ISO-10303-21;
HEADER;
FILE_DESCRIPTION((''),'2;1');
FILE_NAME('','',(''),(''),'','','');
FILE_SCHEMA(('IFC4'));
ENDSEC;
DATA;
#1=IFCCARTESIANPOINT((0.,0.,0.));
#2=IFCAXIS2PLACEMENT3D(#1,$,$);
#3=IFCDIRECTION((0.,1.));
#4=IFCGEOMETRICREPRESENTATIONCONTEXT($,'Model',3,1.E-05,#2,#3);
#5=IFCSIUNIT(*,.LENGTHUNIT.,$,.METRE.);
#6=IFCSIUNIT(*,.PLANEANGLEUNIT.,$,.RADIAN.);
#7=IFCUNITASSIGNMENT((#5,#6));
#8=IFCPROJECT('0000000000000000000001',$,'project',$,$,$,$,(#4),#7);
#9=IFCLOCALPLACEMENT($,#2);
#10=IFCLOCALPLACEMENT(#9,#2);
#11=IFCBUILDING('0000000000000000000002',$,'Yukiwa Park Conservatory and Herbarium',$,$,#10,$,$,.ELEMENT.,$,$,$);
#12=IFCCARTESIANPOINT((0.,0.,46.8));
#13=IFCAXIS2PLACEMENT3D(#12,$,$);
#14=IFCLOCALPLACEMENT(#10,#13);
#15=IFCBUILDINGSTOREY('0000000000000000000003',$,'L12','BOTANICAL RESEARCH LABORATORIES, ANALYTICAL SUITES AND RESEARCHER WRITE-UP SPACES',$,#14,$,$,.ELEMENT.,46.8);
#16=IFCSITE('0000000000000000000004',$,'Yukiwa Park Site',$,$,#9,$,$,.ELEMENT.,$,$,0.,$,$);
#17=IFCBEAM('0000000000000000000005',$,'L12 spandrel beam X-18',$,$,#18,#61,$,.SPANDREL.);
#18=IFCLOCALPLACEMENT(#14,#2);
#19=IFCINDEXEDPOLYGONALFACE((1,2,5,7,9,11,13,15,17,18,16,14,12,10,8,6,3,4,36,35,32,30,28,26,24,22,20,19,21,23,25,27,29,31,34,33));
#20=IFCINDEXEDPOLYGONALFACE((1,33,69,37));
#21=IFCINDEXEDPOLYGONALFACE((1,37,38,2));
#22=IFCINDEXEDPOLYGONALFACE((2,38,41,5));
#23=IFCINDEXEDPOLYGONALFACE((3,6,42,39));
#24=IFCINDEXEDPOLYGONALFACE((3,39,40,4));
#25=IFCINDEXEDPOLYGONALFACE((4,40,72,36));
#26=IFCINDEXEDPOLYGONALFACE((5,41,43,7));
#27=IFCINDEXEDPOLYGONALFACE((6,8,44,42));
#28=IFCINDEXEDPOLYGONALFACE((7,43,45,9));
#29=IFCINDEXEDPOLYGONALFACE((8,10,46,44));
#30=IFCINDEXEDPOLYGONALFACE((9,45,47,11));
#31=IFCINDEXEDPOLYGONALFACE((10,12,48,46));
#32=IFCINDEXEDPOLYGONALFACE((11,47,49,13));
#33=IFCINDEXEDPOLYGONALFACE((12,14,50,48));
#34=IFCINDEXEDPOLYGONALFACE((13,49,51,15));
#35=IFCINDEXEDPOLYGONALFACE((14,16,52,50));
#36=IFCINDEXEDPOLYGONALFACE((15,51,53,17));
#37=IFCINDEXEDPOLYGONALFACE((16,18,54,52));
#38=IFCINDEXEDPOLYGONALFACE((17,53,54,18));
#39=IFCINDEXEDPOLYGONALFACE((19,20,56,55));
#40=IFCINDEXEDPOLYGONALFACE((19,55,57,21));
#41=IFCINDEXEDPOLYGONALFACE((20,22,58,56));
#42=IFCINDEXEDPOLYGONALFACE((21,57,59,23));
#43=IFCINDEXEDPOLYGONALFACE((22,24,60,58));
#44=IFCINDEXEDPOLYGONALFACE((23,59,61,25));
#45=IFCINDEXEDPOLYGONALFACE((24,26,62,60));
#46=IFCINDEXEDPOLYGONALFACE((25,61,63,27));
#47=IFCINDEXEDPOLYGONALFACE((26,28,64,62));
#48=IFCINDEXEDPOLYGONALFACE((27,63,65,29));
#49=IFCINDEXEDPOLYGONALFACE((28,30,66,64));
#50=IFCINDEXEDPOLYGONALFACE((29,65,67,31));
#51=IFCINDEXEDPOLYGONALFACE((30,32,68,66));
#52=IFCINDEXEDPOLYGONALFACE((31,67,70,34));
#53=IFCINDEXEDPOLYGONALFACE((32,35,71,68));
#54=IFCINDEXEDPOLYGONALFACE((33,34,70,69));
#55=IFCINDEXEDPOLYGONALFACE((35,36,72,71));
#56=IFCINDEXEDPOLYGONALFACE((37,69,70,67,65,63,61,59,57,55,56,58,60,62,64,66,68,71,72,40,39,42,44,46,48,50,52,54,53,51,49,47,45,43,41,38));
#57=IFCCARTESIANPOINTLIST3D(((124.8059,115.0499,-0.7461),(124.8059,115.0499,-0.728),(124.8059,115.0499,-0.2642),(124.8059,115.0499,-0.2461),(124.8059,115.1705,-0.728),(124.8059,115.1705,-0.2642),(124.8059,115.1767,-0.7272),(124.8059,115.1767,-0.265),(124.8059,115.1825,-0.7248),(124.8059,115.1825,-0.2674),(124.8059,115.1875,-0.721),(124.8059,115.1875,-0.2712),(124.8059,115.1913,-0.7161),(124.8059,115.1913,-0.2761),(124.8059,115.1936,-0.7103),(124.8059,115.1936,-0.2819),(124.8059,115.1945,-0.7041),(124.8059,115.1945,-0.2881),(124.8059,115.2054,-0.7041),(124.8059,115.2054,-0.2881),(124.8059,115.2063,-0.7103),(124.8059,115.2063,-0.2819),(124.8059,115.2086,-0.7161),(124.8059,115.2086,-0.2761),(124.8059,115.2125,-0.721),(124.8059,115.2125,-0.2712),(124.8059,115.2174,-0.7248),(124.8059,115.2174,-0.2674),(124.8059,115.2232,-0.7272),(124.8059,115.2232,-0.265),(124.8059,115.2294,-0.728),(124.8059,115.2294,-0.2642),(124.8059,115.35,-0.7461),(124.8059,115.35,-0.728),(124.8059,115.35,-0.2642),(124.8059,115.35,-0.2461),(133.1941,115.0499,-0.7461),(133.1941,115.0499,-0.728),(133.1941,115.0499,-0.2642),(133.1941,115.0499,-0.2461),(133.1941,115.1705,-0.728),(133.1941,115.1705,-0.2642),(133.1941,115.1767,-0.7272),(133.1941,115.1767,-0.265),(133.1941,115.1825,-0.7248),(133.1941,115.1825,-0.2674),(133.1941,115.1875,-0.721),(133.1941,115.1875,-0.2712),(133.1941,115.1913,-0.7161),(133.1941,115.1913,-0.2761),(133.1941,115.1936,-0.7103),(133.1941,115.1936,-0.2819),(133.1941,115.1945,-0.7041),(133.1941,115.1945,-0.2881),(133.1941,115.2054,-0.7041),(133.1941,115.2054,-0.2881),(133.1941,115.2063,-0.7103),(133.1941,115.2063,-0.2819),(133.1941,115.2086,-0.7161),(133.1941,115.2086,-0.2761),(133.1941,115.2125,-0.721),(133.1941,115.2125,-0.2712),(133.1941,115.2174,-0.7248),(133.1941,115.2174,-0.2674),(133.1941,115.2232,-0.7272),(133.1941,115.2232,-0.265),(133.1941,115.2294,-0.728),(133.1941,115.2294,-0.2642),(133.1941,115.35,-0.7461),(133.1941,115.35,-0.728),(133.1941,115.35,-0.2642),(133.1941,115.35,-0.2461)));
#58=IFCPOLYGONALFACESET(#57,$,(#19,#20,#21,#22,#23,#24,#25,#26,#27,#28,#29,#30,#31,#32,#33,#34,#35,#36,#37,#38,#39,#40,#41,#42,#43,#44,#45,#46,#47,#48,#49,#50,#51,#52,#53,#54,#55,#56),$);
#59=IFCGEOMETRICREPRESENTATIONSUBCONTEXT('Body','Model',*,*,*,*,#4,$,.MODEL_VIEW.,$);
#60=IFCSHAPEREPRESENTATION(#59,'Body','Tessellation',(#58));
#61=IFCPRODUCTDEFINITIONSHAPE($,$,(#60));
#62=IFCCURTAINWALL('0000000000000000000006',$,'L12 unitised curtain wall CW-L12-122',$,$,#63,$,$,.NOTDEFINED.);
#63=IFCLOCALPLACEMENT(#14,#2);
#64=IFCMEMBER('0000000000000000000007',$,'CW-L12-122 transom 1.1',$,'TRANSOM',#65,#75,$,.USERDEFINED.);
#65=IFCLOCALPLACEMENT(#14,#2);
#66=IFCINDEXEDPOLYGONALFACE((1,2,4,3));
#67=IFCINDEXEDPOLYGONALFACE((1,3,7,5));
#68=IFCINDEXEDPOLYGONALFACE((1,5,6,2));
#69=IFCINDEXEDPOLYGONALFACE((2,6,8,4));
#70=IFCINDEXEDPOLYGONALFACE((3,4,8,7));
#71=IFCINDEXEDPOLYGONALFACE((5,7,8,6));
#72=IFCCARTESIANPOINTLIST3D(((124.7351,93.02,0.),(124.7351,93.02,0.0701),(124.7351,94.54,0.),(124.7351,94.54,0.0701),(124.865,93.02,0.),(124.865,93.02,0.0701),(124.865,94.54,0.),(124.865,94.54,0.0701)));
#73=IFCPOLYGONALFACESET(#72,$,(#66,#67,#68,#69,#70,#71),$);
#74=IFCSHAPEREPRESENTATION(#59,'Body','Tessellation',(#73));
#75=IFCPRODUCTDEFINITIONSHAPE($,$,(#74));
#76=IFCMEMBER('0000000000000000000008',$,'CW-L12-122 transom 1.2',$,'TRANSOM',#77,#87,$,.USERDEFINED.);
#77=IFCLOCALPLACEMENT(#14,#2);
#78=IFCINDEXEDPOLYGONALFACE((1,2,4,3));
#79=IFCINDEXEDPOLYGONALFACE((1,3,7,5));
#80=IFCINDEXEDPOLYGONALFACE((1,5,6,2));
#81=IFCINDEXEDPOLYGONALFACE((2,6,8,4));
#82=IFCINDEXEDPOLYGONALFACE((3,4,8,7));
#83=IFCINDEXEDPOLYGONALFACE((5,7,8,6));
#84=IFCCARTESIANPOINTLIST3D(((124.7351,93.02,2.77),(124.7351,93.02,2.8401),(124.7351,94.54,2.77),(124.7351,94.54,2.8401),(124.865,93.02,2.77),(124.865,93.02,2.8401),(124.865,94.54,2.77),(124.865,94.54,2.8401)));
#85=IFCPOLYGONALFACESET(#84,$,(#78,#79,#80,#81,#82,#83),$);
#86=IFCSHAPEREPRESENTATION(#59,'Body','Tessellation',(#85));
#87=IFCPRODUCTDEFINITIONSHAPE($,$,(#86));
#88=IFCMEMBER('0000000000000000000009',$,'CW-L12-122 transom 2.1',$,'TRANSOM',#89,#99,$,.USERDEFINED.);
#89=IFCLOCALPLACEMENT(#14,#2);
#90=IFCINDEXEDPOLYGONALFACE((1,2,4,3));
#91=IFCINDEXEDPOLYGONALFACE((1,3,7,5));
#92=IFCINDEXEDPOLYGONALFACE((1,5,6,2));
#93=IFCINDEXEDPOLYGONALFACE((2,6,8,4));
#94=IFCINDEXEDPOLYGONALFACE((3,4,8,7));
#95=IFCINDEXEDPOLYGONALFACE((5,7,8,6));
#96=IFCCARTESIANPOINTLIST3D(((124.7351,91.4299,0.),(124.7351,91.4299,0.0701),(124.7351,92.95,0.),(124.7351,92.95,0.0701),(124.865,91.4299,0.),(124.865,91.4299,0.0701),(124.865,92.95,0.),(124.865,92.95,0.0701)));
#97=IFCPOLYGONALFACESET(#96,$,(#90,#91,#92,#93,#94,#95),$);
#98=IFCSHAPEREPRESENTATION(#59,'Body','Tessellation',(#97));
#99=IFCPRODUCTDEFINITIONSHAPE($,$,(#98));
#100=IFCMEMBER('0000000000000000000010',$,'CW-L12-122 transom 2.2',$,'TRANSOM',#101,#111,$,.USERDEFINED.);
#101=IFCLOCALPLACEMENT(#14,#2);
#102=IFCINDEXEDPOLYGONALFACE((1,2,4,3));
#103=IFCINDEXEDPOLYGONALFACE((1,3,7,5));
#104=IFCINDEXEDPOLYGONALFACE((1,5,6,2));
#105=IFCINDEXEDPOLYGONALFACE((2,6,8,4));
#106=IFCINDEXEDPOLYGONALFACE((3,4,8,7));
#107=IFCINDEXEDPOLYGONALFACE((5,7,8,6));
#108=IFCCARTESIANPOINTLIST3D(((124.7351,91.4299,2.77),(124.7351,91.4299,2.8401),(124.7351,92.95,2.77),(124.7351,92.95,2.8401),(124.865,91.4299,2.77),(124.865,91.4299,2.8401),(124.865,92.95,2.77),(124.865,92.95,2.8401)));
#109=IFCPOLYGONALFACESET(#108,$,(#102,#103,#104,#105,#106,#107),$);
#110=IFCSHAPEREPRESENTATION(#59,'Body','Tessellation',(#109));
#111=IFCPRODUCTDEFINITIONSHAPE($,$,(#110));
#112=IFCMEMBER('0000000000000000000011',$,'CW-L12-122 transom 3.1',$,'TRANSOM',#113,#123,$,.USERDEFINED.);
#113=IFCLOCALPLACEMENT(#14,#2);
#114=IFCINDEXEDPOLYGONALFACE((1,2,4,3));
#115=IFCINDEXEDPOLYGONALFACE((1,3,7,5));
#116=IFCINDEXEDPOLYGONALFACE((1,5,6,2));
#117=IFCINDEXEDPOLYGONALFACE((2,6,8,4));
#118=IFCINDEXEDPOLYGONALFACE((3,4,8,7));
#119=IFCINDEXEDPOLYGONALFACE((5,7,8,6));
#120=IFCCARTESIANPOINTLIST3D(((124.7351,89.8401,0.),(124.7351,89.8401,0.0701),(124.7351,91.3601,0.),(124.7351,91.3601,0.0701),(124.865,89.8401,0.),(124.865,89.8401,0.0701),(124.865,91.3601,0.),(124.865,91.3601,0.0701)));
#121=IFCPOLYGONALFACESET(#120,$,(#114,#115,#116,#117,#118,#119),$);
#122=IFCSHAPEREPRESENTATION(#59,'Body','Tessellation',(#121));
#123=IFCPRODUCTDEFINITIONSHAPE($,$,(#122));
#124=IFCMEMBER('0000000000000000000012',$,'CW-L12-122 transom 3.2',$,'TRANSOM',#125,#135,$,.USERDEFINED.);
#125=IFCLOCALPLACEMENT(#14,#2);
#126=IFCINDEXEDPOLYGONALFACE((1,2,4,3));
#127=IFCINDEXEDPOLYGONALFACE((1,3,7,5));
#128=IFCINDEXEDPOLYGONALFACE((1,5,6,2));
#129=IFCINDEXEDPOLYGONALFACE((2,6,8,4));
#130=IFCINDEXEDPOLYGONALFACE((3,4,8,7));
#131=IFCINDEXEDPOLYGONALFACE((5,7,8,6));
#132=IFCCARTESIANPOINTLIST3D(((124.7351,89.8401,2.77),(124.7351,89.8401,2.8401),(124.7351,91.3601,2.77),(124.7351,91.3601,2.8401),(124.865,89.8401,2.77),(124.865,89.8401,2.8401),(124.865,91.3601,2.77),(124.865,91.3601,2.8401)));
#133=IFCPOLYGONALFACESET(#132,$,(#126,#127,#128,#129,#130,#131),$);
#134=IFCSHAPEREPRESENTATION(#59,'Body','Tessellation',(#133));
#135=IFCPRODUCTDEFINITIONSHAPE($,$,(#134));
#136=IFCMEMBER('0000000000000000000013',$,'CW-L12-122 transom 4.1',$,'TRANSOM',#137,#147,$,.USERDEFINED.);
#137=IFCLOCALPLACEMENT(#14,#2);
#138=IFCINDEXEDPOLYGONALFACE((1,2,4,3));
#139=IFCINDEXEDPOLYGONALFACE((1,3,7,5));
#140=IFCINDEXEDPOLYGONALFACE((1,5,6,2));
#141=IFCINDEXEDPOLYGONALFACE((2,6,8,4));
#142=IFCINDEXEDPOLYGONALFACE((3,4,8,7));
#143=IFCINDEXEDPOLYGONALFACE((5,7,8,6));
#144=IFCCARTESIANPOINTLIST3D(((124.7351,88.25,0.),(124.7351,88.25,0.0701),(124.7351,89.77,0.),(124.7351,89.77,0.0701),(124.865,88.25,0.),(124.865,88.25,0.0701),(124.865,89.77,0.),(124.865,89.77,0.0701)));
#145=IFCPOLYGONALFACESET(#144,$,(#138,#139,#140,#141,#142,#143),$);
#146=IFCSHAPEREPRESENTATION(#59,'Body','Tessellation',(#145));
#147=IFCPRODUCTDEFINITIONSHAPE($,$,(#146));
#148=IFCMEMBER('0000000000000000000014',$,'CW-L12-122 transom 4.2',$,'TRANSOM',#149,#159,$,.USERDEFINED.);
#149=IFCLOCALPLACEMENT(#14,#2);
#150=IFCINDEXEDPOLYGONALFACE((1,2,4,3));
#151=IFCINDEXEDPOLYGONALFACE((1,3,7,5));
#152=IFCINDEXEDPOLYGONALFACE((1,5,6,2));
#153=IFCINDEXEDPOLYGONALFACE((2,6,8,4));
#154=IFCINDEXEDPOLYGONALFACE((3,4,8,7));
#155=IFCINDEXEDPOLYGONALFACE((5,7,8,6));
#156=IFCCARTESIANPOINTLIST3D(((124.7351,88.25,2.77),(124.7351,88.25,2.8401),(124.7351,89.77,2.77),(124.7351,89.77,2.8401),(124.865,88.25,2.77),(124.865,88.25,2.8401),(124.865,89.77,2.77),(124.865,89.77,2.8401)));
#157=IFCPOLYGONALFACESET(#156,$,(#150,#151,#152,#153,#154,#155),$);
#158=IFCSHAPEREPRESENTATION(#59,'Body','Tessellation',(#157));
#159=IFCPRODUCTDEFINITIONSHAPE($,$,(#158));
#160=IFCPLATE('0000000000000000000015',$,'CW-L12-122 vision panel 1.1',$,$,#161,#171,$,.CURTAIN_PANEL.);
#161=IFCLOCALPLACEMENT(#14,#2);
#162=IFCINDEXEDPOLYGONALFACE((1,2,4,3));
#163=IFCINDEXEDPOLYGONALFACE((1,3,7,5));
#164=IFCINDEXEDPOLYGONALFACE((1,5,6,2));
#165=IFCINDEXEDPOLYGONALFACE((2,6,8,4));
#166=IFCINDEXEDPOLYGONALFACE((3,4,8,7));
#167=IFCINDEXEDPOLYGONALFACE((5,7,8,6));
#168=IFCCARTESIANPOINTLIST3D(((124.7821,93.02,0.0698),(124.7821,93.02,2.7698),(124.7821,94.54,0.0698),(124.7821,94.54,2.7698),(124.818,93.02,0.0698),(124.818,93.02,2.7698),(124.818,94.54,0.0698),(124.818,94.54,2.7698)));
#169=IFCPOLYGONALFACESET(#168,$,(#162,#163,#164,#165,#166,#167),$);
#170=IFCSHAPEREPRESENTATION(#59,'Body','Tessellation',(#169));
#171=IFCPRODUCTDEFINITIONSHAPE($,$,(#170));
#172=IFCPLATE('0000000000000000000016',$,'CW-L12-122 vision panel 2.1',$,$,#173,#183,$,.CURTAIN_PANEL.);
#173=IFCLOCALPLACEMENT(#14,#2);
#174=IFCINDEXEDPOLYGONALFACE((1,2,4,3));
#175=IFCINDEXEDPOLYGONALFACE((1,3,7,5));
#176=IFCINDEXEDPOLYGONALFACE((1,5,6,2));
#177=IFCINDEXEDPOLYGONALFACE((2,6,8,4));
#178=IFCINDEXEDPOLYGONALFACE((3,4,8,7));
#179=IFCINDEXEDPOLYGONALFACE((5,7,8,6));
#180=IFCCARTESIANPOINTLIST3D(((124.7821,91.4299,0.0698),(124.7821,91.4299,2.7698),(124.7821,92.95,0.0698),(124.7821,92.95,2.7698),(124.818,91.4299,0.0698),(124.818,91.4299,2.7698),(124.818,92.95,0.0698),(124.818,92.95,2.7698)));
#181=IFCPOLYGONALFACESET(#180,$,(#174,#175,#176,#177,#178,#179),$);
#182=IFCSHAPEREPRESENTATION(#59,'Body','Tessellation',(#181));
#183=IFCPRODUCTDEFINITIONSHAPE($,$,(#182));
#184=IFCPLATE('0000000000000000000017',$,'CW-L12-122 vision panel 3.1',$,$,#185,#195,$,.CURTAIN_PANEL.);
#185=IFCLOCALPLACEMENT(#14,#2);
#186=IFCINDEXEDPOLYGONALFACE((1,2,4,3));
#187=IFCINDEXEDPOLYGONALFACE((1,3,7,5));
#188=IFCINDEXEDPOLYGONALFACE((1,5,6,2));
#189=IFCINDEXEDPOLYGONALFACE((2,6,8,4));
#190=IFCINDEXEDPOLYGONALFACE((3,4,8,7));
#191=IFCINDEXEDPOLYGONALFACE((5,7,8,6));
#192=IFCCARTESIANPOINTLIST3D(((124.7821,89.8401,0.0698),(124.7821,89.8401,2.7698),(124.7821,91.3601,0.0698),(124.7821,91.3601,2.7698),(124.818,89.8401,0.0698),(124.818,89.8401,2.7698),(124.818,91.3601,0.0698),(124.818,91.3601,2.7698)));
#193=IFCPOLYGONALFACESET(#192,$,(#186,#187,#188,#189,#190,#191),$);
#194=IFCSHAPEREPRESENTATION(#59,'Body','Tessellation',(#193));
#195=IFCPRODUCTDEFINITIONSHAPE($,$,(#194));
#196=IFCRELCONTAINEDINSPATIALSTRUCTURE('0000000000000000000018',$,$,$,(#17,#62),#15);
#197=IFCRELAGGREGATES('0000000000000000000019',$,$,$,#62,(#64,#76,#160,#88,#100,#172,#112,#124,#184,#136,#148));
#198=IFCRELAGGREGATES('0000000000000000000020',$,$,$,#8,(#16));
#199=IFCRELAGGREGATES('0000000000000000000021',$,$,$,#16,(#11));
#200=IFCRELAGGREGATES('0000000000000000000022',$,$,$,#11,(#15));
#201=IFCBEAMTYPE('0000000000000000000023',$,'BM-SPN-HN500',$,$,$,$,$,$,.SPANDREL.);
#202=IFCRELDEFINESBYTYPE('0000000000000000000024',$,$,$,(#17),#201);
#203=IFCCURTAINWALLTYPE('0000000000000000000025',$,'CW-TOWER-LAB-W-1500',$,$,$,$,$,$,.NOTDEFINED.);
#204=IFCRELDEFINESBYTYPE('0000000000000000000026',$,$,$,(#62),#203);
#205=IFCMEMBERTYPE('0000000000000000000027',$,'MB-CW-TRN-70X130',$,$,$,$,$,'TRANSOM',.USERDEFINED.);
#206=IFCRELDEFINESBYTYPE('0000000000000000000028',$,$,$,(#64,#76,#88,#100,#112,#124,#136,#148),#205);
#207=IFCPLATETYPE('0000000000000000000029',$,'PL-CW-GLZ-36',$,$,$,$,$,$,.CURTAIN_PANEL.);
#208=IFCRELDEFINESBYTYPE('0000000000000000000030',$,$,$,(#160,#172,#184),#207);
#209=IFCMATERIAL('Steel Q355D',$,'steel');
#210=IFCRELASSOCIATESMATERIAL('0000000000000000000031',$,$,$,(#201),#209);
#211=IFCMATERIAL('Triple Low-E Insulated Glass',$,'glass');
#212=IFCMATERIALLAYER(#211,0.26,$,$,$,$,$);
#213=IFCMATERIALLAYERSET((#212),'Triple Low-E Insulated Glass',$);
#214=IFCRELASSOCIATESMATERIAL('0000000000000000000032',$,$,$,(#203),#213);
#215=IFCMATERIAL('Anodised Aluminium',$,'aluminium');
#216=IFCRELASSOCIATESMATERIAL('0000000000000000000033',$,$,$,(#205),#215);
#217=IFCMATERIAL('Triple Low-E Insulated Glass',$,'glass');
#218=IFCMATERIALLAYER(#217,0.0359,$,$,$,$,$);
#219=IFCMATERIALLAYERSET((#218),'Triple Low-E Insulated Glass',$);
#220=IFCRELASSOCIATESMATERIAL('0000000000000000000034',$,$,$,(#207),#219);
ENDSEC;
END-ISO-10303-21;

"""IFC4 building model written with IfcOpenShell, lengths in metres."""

from ifc_helpers import new_model, si_unit, direction, frame, origin, origin_2d, place, context, subcontext, project, spatial, rectangle, i_section, extrude, material, layer, layer_set, material_profile, profile_set, type_object, element, aggregate, save


model = new_model("IFC4")

# Units and contexts
model_context = context("Model", 3, precision=1e-05, world=origin(), true_north=direction((0.0, 1.0)))
body_context = subcontext(model_context, "Body", "Model", "MODEL_VIEW")
ifc_project = project(units=[si_unit("LENGTHUNIT", "METRE"), si_unit("PLANEANGLEUNIT", "RADIAN")], contexts=[model_context])

# Site, building, storey
site_placement = place(None, origin())
site = spatial("IfcSite", under=ifc_project, at=site_placement, Name="Yukiwa Park Site", CompositionType="ELEMENT", RefElevation=0.0)
building_placement = place(site_placement, origin())
building = spatial("IfcBuilding", under=site, at=building_placement, Name="Yukiwa Park Conservatory and Herbarium", CompositionType="ELEMENT")
storey_placement = place(building_placement, frame((0.0, 0.0, 46.8)))
storey = spatial("IfcBuildingStorey", under=building, at=storey_placement, Name="L12", Description="BOTANICAL RESEARCH LABORATORIES, ANALYTICAL SUITES AND RESEARCHER WRITE-UP SPACES", CompositionType="ELEMENT", Elevation=46.8)

# Beam
ifc_material_1 = material(Name="Steel Q355D", Category="steel")
ifc_material_profile_1 = material_profile(ifc_material_1, i_section(OverallWidth=0.3, OverallDepth=0.5, WebThickness=0.011, FlangeThickness=0.0181, FilletRadius=0.0239, at=origin_2d()), Name="HM 500x300x11x18")
ifc_profile_set_1 = profile_set([ifc_material_profile_1], Name="Steel Q355D")
beam_type_1 = type_object("IfcBeamType", Name="BM-SPN-HN500", PredefinedType="SPANDREL", material=ifc_profile_set_1)
beam_placement = place(storey_placement, frame((124.8059, 115.2, -0.4961), z_axis=(1.0, 0.0, 0.0), x_axis=(0.0, 1.0, 0.0)))
element("IfcBeam", 1, at=beam_placement, inside=storey, type_object=beam_type_1, Name="L12 spandrel beam X-18", PredefinedType="SPANDREL", context=body_context, shape_type="SweptSolid", body=[
    extrude(i_section(OverallWidth=0.3, OverallDepth=0.5, WebThickness=0.011, FlangeThickness=0.0181, FilletRadius=0.0239, at=origin_2d()), origin(), (0.0, 0.0, 1.0), 8.3882),
])

# Curtain wall, members, plates
ifc_material_2 = material(Name="Triple Low-E Insulated Glass", Category="glass")
ifc_layer_1 = layer(ifc_material_2, 0.26)
ifc_layer_set_1 = layer_set([ifc_layer_1], Name="Triple Low-E Insulated Glass")
curtain_wall_type = type_object("IfcCurtainWallType", Name="CW-TOWER-LAB-W-1500", PredefinedType="NOTDEFINED", material=ifc_layer_set_1)
curtain_wall_placement = place(storey_placement, origin())
curtain_wall = element("IfcCurtainWall", 2, at=curtain_wall_placement, inside=storey, type_object=curtain_wall_type, Name="L12 unitised curtain wall CW-L12-122", PredefinedType="NOTDEFINED")
ifc_material_3 = material(Name="Anodised Aluminium", Category="aluminium")
member_type = type_object("IfcMemberType", Name="MB-CW-TRN-70X130", ElementType="TRANSOM", PredefinedType="USERDEFINED", material=ifc_material_3)
member_1_placement = place(storey_placement, frame((124.8, 93.78, 0.0), z_axis=(0.0, 0.0, 1.0), x_axis=(0.0, -1.0, 0.0)))
member_1 = element("IfcMember", 3, at=member_1_placement, type_object=member_type, Name="CW-L12-122 transom 1.1", ObjectType="TRANSOM", PredefinedType="USERDEFINED", context=body_context, shape_type="SweptSolid", body=[
    extrude(rectangle(XDim=1.52, YDim=0.1299, at=origin_2d()), origin(), (0.0, 0.0, 1.0), 0.0701),
])
member_2_placement = place(storey_placement, frame((124.8, 93.78, 2.77), z_axis=(0.0, 0.0, 1.0), x_axis=(0.0, -1.0, 0.0)))
member_2 = element("IfcMember", 4, at=member_2_placement, type_object=member_type, Name="CW-L12-122 transom 1.2", ObjectType="TRANSOM", PredefinedType="USERDEFINED", context=body_context, shape_type="SweptSolid", body=[
    extrude(rectangle(XDim=1.52, YDim=0.1299, at=origin_2d()), origin(), (0.0, 0.0, 1.0), 0.0701),
])
member_3_placement = place(storey_placement, frame((124.8, 92.1899, 0.0), z_axis=(0.0, 0.0, 1.0), x_axis=(0.0, -1.0, 0.0)))
member_3 = element("IfcMember", 5, at=member_3_placement, type_object=member_type, Name="CW-L12-122 transom 2.1", ObjectType="TRANSOM", PredefinedType="USERDEFINED", context=body_context, shape_type="SweptSolid", body=[
    extrude(rectangle(XDim=1.52, YDim=0.1299, at=origin_2d()), origin(), (0.0, 0.0, 1.0), 0.0701),
])
member_4_placement = place(storey_placement, frame((124.8, 92.1899, 2.77), z_axis=(0.0, 0.0, 1.0), x_axis=(0.0, -1.0, 0.0)))
member_4 = element("IfcMember", 6, at=member_4_placement, type_object=member_type, Name="CW-L12-122 transom 2.2", ObjectType="TRANSOM", PredefinedType="USERDEFINED", context=body_context, shape_type="SweptSolid", body=[
    extrude(rectangle(XDim=1.52, YDim=0.1299, at=origin_2d()), origin(), (0.0, 0.0, 1.0), 0.0701),
])
member_5_placement = place(storey_placement, frame((124.8, 90.6001, 0.0), z_axis=(0.0, 0.0, 1.0), x_axis=(0.0, -1.0, 0.0)))
member_5 = element("IfcMember", 7, at=member_5_placement, type_object=member_type, Name="CW-L12-122 transom 3.1", ObjectType="TRANSOM", PredefinedType="USERDEFINED", context=body_context, shape_type="SweptSolid", body=[
    extrude(rectangle(XDim=1.52, YDim=0.1299, at=origin_2d()), origin(), (0.0, 0.0, 1.0), 0.0701),
])
member_6_placement = place(storey_placement, frame((124.8, 90.6001, 2.77), z_axis=(0.0, 0.0, 1.0), x_axis=(0.0, -1.0, 0.0)))
member_6 = element("IfcMember", 8, at=member_6_placement, type_object=member_type, Name="CW-L12-122 transom 3.2", ObjectType="TRANSOM", PredefinedType="USERDEFINED", context=body_context, shape_type="SweptSolid", body=[
    extrude(rectangle(XDim=1.52, YDim=0.1299, at=origin_2d()), origin(), (0.0, 0.0, 1.0), 0.0701),
])
member_7_placement = place(storey_placement, frame((124.8, 89.01, 0.0), z_axis=(0.0, 0.0, 1.0), x_axis=(0.0, -1.0, 0.0)))
member_7 = element("IfcMember", 9, at=member_7_placement, type_object=member_type, Name="CW-L12-122 transom 4.1", ObjectType="TRANSOM", PredefinedType="USERDEFINED", context=body_context, shape_type="SweptSolid", body=[
    extrude(rectangle(XDim=1.52, YDim=0.1299, at=origin_2d()), origin(), (0.0, 0.0, 1.0), 0.0701),
])
member_8_placement = place(storey_placement, frame((124.8, 89.01, 2.77), z_axis=(0.0, 0.0, 1.0), x_axis=(0.0, -1.0, 0.0)))
member_8 = element("IfcMember", 10, at=member_8_placement, type_object=member_type, Name="CW-L12-122 transom 4.2", ObjectType="TRANSOM", PredefinedType="USERDEFINED", context=body_context, shape_type="SweptSolid", body=[
    extrude(rectangle(XDim=1.52, YDim=0.1299, at=origin_2d()), origin(), (0.0, 0.0, 1.0), 0.0701),
])
ifc_material_4 = material(Name="Triple Low-E Insulated Glass", Category="glass")
ifc_layer_2 = layer(ifc_material_4, 0.0359)
ifc_layer_set_2 = layer_set([ifc_layer_2], Name="Triple Low-E Insulated Glass")
plate_type = type_object("IfcPlateType", Name="PL-CW-GLZ-36", PredefinedType="CURTAIN_PANEL", material=ifc_layer_set_2)
plate_1_placement = place(storey_placement, frame((124.8, 93.78, 0.0698), z_axis=(0.0, 0.0, 1.0), x_axis=(0.0, -1.0, 0.0)))
plate_1 = element("IfcPlate", 11, at=plate_1_placement, type_object=plate_type, Name="CW-L12-122 vision panel 1.1", PredefinedType="CURTAIN_PANEL", context=body_context, shape_type="SweptSolid", body=[
    extrude(rectangle(XDim=1.52, YDim=0.0359, at=origin_2d()), origin(), (0.0, 0.0, 1.0), 2.7),
])
plate_2_placement = place(storey_placement, frame((124.8, 92.1899, 0.0698), z_axis=(0.0, 0.0, 1.0), x_axis=(0.0, -1.0, 0.0)))
plate_2 = element("IfcPlate", 12, at=plate_2_placement, type_object=plate_type, Name="CW-L12-122 vision panel 2.1", PredefinedType="CURTAIN_PANEL", context=body_context, shape_type="SweptSolid", body=[
    extrude(rectangle(XDim=1.52, YDim=0.0359, at=origin_2d()), origin(), (0.0, 0.0, 1.0), 2.7),
])
plate_3_placement = place(storey_placement, frame((124.8, 90.6001, 0.0698), z_axis=(0.0, 0.0, 1.0), x_axis=(0.0, -1.0, 0.0)))
plate_3 = element("IfcPlate", 13, at=plate_3_placement, type_object=plate_type, Name="CW-L12-122 vision panel 3.1", PredefinedType="CURTAIN_PANEL", context=body_context, shape_type="SweptSolid", body=[
    extrude(rectangle(XDim=1.52, YDim=0.0359, at=origin_2d()), origin(), (0.0, 0.0, 1.0), 2.7),
])
aggregate(curtain_wall, [member_1, member_2, plate_1, member_3, member_4, plate_2, member_5, member_6, plate_3, member_7, member_8])

save(model, "model.ifc")
